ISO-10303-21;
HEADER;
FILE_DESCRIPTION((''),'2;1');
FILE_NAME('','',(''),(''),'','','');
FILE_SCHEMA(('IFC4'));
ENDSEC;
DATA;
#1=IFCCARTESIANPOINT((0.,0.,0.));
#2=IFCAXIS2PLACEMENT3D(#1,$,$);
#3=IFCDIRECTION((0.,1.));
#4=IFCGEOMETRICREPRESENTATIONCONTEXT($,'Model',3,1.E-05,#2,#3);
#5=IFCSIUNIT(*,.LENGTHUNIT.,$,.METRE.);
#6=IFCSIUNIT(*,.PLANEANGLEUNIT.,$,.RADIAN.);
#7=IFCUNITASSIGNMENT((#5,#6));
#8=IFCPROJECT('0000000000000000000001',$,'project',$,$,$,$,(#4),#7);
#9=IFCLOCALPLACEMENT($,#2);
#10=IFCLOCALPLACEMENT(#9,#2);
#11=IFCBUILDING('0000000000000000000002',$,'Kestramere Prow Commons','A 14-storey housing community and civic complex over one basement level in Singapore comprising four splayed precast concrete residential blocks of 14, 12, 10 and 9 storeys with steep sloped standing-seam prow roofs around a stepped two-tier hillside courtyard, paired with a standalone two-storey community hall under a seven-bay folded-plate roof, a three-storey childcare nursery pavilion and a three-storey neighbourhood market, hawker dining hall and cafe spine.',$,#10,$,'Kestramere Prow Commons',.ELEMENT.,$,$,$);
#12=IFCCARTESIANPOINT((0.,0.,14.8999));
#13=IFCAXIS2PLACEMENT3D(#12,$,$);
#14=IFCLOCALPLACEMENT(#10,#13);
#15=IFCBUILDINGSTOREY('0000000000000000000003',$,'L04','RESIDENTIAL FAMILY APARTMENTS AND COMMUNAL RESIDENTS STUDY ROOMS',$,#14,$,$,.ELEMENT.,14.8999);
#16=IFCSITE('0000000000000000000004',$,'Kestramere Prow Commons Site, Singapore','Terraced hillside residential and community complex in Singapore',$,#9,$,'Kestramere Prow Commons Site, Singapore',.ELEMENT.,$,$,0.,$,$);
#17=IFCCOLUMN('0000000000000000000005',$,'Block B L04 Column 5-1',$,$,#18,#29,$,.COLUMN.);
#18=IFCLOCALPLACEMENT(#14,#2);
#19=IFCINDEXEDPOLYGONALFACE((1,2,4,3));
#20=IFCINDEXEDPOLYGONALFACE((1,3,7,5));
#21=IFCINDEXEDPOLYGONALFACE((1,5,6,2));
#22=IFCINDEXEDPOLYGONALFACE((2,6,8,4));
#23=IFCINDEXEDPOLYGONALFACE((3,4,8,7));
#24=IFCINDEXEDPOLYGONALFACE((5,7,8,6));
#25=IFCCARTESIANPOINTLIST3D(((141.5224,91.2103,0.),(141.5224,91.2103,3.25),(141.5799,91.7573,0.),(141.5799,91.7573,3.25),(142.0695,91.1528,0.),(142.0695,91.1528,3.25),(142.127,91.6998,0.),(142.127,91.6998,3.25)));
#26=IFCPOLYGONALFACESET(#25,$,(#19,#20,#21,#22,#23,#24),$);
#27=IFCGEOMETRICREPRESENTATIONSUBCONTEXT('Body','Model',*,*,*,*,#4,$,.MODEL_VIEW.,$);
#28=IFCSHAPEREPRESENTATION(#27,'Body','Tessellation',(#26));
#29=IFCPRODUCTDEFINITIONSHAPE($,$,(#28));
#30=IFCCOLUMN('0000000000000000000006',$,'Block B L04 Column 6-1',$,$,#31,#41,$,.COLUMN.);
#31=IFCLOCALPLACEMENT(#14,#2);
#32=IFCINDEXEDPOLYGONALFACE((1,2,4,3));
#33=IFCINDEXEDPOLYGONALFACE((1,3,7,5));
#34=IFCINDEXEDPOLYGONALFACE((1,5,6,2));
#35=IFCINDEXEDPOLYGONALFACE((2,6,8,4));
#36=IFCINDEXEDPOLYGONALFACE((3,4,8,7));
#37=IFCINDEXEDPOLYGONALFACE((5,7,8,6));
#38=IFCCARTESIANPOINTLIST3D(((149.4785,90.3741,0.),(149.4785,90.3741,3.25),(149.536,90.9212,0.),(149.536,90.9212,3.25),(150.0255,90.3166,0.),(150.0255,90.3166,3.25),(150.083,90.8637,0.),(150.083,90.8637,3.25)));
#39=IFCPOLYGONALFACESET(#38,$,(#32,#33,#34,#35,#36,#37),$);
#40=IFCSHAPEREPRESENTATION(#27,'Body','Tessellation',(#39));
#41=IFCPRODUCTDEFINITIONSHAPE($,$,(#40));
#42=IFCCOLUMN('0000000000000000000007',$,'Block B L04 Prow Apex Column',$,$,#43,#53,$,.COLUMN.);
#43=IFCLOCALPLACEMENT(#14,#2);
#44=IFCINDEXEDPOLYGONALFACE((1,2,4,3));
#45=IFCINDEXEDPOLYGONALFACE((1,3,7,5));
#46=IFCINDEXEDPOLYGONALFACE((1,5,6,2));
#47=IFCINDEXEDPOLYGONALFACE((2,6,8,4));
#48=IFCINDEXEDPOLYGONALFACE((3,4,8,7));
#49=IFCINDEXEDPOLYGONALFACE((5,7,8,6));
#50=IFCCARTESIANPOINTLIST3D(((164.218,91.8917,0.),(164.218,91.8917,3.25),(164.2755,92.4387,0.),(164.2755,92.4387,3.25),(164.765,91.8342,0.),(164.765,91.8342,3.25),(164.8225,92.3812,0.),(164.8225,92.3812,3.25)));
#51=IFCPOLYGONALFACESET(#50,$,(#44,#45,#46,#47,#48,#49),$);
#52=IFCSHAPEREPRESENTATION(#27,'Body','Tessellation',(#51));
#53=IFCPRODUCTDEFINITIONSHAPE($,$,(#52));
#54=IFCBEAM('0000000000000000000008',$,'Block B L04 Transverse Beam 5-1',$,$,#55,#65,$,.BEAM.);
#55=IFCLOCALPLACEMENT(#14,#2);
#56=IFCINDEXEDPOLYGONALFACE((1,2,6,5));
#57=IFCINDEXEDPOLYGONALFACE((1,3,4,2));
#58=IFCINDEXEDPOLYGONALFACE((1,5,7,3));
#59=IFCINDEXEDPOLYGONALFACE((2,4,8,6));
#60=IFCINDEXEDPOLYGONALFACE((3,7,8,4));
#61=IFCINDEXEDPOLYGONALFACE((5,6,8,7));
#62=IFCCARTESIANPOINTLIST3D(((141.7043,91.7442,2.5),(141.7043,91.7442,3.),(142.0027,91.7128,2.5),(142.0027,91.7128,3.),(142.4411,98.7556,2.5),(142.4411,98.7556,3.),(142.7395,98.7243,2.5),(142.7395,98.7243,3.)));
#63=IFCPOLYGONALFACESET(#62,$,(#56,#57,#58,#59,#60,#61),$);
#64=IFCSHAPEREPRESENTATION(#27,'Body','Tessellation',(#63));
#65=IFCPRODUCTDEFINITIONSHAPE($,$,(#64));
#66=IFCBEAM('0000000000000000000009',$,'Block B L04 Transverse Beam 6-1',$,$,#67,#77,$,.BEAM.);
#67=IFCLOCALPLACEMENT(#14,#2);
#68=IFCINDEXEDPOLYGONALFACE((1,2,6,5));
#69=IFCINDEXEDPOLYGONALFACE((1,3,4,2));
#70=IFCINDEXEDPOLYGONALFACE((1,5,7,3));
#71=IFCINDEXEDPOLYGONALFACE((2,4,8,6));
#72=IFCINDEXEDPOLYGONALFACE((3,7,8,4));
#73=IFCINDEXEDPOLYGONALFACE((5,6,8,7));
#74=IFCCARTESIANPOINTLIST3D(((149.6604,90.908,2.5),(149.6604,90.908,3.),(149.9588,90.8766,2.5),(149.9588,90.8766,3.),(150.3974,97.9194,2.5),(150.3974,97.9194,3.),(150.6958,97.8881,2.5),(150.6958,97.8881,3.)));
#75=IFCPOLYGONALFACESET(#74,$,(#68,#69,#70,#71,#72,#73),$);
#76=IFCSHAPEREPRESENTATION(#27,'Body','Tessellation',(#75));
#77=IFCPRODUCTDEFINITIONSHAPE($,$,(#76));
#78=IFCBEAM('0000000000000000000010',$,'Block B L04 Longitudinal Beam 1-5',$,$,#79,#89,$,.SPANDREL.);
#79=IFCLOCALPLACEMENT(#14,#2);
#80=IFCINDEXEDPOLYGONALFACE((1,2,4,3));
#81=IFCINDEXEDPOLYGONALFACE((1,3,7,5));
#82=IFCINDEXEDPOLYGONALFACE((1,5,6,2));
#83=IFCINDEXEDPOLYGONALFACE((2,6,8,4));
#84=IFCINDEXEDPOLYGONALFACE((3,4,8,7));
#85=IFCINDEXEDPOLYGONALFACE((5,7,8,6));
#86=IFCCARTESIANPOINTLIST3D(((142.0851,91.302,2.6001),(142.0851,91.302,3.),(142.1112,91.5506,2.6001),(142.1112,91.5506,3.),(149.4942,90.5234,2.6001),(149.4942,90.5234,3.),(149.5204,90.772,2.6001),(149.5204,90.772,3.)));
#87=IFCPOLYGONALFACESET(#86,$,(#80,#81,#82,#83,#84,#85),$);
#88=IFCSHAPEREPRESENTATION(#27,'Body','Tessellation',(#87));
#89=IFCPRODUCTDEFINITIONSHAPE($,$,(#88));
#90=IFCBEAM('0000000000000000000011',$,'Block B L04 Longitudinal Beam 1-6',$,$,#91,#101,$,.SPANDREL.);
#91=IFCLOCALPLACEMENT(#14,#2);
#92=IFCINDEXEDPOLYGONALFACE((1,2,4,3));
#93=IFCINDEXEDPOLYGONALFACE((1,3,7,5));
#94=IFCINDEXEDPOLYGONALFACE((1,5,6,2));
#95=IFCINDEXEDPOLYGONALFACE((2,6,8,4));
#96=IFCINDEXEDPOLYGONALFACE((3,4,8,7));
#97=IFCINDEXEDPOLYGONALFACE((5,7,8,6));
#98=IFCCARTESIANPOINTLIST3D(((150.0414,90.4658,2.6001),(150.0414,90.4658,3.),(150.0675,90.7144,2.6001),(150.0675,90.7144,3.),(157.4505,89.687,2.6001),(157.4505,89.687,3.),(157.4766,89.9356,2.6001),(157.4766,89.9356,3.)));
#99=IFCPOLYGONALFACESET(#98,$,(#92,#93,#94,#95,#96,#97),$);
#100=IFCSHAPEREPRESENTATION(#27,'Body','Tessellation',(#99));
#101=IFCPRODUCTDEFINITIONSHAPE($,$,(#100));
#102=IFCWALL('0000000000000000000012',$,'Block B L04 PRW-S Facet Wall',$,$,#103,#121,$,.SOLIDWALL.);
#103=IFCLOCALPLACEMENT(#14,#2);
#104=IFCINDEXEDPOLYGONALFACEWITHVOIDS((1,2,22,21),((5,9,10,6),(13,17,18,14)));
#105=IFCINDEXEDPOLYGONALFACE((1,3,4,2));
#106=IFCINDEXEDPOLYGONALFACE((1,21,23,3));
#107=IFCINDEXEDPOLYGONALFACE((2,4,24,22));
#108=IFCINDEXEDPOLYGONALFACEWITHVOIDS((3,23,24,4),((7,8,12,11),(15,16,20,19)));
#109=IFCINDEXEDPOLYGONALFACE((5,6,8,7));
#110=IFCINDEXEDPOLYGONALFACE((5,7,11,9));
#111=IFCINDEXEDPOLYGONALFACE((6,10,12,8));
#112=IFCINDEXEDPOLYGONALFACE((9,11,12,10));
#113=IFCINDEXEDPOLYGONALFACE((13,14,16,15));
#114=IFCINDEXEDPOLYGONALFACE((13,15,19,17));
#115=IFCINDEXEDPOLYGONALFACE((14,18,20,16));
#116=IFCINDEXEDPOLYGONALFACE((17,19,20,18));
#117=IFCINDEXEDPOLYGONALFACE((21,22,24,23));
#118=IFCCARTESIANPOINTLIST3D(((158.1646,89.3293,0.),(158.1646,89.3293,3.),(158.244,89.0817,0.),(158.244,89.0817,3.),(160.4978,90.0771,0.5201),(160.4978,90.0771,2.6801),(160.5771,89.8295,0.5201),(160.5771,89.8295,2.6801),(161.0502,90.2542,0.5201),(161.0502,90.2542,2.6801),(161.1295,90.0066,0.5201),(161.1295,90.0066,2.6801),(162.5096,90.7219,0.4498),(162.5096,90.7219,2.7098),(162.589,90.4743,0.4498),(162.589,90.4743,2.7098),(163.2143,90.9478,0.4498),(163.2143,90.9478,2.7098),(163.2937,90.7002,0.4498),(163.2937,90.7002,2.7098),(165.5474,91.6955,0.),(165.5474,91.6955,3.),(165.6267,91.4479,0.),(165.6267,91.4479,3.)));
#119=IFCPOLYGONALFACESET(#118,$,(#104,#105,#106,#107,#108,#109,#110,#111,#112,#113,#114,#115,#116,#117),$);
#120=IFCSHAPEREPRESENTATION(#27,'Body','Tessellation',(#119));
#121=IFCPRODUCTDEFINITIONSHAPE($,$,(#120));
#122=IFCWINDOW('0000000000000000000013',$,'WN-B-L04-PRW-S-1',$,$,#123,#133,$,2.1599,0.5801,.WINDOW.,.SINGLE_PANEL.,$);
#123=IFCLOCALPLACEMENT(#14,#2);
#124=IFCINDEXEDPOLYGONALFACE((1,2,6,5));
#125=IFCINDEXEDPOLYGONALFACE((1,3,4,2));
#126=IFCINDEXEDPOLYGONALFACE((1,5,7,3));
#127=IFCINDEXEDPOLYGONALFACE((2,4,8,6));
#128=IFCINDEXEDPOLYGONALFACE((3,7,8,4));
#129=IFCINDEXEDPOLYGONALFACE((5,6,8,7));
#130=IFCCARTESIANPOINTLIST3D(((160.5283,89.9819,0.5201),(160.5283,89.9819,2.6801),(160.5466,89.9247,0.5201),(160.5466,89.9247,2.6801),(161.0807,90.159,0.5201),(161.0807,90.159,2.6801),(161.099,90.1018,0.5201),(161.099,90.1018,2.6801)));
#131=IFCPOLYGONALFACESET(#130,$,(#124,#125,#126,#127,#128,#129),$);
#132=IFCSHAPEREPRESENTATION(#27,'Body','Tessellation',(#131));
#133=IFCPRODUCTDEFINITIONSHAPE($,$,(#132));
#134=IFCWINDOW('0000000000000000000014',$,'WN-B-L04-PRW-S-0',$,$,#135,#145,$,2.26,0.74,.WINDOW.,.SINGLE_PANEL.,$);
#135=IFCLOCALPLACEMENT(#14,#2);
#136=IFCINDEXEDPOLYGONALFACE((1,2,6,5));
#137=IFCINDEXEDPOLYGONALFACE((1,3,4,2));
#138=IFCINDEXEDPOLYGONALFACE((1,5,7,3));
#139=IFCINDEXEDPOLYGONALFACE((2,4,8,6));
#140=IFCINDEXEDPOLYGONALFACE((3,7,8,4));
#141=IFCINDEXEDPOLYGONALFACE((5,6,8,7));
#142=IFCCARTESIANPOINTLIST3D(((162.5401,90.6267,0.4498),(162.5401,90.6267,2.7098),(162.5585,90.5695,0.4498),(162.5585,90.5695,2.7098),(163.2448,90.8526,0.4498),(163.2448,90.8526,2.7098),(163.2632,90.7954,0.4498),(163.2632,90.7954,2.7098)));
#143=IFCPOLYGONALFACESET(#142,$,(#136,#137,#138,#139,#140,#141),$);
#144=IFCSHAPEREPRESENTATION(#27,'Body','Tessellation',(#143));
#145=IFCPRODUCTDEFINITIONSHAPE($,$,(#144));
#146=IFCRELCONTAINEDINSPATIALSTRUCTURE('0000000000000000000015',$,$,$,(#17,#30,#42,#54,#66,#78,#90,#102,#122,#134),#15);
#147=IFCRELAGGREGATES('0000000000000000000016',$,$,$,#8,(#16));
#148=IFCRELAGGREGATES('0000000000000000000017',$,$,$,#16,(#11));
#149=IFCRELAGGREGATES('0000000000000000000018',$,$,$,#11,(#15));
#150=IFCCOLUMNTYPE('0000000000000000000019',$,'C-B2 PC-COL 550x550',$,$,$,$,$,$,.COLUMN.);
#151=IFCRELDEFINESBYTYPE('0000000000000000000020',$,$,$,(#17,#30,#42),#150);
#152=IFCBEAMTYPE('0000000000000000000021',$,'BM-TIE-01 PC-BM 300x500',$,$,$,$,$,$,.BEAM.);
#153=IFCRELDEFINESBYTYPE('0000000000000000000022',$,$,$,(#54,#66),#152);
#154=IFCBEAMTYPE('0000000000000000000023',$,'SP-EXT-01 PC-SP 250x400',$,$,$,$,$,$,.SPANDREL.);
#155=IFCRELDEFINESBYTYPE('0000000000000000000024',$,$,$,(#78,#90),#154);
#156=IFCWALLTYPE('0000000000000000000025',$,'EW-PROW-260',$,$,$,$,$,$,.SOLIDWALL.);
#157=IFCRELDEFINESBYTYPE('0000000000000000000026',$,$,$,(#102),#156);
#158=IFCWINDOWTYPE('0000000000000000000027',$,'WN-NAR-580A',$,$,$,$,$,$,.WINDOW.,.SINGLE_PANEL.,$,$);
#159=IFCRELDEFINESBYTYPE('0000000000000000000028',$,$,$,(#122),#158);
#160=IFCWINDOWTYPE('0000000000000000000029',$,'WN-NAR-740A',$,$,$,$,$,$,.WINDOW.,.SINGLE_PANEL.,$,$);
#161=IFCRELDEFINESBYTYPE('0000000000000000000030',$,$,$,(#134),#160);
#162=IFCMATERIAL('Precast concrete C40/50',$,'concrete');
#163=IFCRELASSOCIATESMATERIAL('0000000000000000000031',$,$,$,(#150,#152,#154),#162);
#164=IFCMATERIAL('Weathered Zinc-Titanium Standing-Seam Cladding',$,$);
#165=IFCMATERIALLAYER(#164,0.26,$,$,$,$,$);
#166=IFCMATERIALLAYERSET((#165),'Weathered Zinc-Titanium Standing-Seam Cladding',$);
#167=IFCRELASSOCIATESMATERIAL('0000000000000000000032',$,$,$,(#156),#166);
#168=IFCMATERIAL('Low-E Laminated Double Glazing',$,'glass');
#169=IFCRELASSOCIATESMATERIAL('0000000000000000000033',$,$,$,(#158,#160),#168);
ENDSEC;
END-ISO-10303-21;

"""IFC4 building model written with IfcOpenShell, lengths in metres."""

from ifc_helpers import new_model, si_unit, direction, frame, frame_2d, origin, origin_2d, place, context, subcontext, project, spatial, rectangle, extrude, material, layer, layer_set, material_profile, profile_set, type_object, element, fill, save


model = new_model("IFC4")

# Units and contexts
model_context = context("Model", 3, precision=1e-05, world=origin(), true_north=direction((0.0, 1.0)))
body_context = subcontext(model_context, "Body", "Model", "MODEL_VIEW")
ifc_project = project(units=[si_unit("LENGTHUNIT", "METRE"), si_unit("PLANEANGLEUNIT", "RADIAN")], contexts=[model_context])

# Site, building, storey
site_placement = place(None, origin())
site = spatial("IfcSite", under=ifc_project, at=site_placement, Name="Kestramere Prow Commons Site, Singapore", Description="Terraced hillside residential and community complex in Singapore", LongName="Kestramere Prow Commons Site, Singapore", CompositionType="ELEMENT", RefElevation=0.0)
building_placement = place(site_placement, origin())
building = spatial("IfcBuilding", under=site, at=building_placement, Name="Kestramere Prow Commons", Description="A 14-storey housing community and civic complex over one basement level in Singapore comprising four splayed precast concrete residential blocks of 14, 12, 10 and 9 storeys with steep sloped standing-seam prow roofs around a stepped two-tier hillside courtyard, paired with a standalone two-storey community hall under a seven-bay folded-plate roof, a three-storey childcare nursery pavilion and a three-storey neighbourhood market, hawker dining hall and cafe spine.", LongName="Kestramere Prow Commons", CompositionType="ELEMENT")
storey_placement = place(building_placement, frame((0.0, 0.0, 14.8999)))
storey = spatial("IfcBuildingStorey", under=building, at=storey_placement, Name="L04", Description="RESIDENTIAL FAMILY APARTMENTS AND COMMUNAL RESIDENTS STUDY ROOMS", CompositionType="ELEMENT", Elevation=14.8999)

# Columns
ifc_material_1 = material(Name="Precast concrete C40/50", Category="concrete")
ifc_material_profile_1 = material_profile(ifc_material_1, rectangle(XDim=0.55, YDim=0.55, at=origin_2d()), Name="PC-COL 550x550")
ifc_profile_set_1 = profile_set([ifc_material_profile_1], Name="Precast concrete C40/50")
column_type = type_object("IfcColumnType", Name="C-B2 PC-COL 550x550", PredefinedType="COLUMN", material=ifc_profile_set_1)
for number, where, z_axis, x_axis, name in (
    (1, (141.8247, 91.4551, 0.0), (0.0, 0.0, 1.0), (0.994522, -0.104528, 0.0), "Block B L04 Column 5-1"),
    (2, (149.7808, 90.6189, 0.0), (0.0, 0.0, 1.0), (0.994522, -0.104528, 0.0), "Block B L04 Column 6-1"),
    (3, (164.5203, 92.1365, 0.0), (0.0, 0.0, 1.0), (0.994522, -0.104528, 0.0), "Block B L04 Prow Apex Column"),
):
    element("IfcColumn", number, at=place(storey_placement, frame(where, z_axis=z_axis, x_axis=x_axis)), inside=storey, type_object=column_type, Name=name, PredefinedType="COLUMN", context=body_context, shape_type="SweptSolid", body=[
        extrude(rectangle(XDim=0.55, YDim=0.55, at=origin_2d()), origin(), (0.0, 0.0, 1.0), 3.25),
    ])

# Beams
ifc_material_profile_2 = material_profile(ifc_material_1, rectangle(XDim=0.3, YDim=0.5, at=origin_2d()), Name="PC-BM 300x500")
ifc_profile_set_2 = profile_set([ifc_material_profile_2], Name="Precast concrete C40/50")
beam_type_1 = type_object("IfcBeamType", Name="BM-TIE-01 PC-BM 300x500", PredefinedType="BEAM", material=ifc_profile_set_2)
for number, where, z_axis, x_axis, name in (
    (4, (141.8535, 91.7285, 2.75), (0.104512, 0.994524, 0.0), (-0.994524, 0.104512, 0.0), "Block B L04 Transverse Beam 5-1"),
    (5, (149.8096, 90.8923, 2.75), (0.104546, 0.99452, 0.0), (-0.99452, 0.104546, 0.0), "Block B L04 Transverse Beam 6-1"),
):
    element("IfcBeam", number, at=place(storey_placement, frame(where, z_axis=z_axis, x_axis=x_axis)), inside=storey, type_object=beam_type_1, Name=name, PredefinedType="BEAM", context=body_context, shape_type="SweptSolid", body=[
        extrude(rectangle(XDim=0.3, YDim=0.5, at=origin_2d()), origin(), (0.0, 0.0, 1.0), 7.05),
    ])
ifc_material_profile_3 = material_profile(ifc_material_1, rectangle(XDim=0.25, YDim=0.3999, at=origin_2d()), Name="PC-SP 250x400")
ifc_profile_set_3 = profile_set([ifc_material_profile_3], Name="Precast concrete C40/50")
beam_type_2 = type_object("IfcBeamType", Name="SP-EXT-01 PC-SP 250x400", PredefinedType="SPANDREL", material=ifc_profile_set_3)
for number, where, z_axis, x_axis, name in (
    (6, (142.0981, 91.4263, 2.8), (0.994524, -0.104506, 0.0), (0.104506, 0.994524, 0.0), "Block B L04 Longitudinal Beam 1-5"),
    (7, (150.0544, 90.5901, 2.8), (0.994521, -0.104538, 0.0), (0.104538, 0.994521, 0.0), "Block B L04 Longitudinal Beam 1-6"),
):
    element("IfcBeam", number, at=place(storey_placement, frame(where, z_axis=z_axis, x_axis=x_axis)), inside=storey, type_object=beam_type_2, Name=name, PredefinedType="SPANDREL", context=body_context, shape_type="SweptSolid", body=[
        extrude(rectangle(XDim=0.25, YDim=0.3999, at=origin_2d()), origin(), (0.0, 0.0, 1.0), 7.45),
    ])

# Wall, openings, windows
ifc_material_2 = material(Name="Weathered Zinc-Titanium Standing-Seam Cladding")
ifc_layer_1 = layer(ifc_material_2, 0.26)
ifc_layer_set_1 = layer_set([ifc_layer_1], Name="Weathered Zinc-Titanium Standing-Seam Cladding")
wall_type_1 = type_object("IfcWallType", Name="EW-PROW-260", PredefinedType="SOLIDWALL", material=ifc_layer_set_1)
wall_1_placement = place(storey_placement, frame((165.5872, 91.5718, 0.0), z_axis=(0.0, 0.0, 1.0), x_axis=(-0.952285, -0.30521, 0.0)))
wall_1 = element("IfcWall", 8, at=wall_1_placement, inside=storey, type_object=wall_type_1, Name="Block B L04 PRW-S Facet Wall", PredefinedType="SOLIDWALL", context=body_context, shape_type="SweptSolid", body=[
    extrude(rectangle(XDim=7.7527, YDim=0.26, at=frame_2d((3.8765, 0.0))), origin(), (0.0, 0.0, 1.0), 3.0),
])
opening_1_placement = place(wall_1_placement, frame((2.45, 0.0, 0.45)))
opening_1 = element("IfcOpeningElement", 9, at=opening_1_placement, cuts=wall_1, PredefinedType="OPENING", context=body_context, shape_type="SweptSolid", body=[
    extrude(rectangle(XDim=0.74, YDim=2.26, at=frame_2d((0.3701, 1.1299))), frame((0.0, 0.145, 0.0), z_axis=(0.0, -1.0, 0.0), x_axis=(1.0, 0.0, 0.0)), (0.0, 0.0, 1.0), 0.29),
])
opening_2_placement = place(wall_1_placement, frame((4.7227, 0.0, 0.52)))
opening_2 = element("IfcOpeningElement", 10, at=opening_2_placement, cuts=wall_1, PredefinedType="OPENING", context=body_context, shape_type="SweptSolid", body=[
    extrude(rectangle(XDim=0.5801, YDim=2.1599, at=frame_2d((0.29, 1.0801))), frame((0.0, 0.145, 0.0), z_axis=(0.0, -1.0, 0.0), x_axis=(1.0, 0.0, 0.0)), (0.0, 0.0, 1.0), 0.29),
])
ifc_material_3 = material(Name="Low-E Laminated Double Glazing", Category="glass")
window_type_1 = type_object("IfcWindowType", Name="WN-NAR-580A", PartitioningType="SINGLE_PANEL", PredefinedType="WINDOW", material=ifc_material_3)
window_1_placement = place(opening_2_placement, origin())
window_1 = element("IfcWindow", 11, at=window_1_placement, inside=storey, type_object=window_type_1, Name="WN-B-L04-PRW-S-1", OverallHeight=2.1599, OverallWidth=0.5801, PartitioningType="SINGLE_PANEL", PredefinedType="WINDOW", context=body_context, shape_type="SweptSolid", body=[
    extrude(rectangle(XDim=0.5801, YDim=2.1599, at=frame_2d((0.29, 1.0801))), frame((0.0, 0.03, 0.0), z_axis=(0.0, -1.0, 0.0), x_axis=(1.0, 0.0, 0.0)), (0.0, 0.0, 1.0), 0.0601),
])
fill(opening_2, window_1)
window_type_2 = type_object("IfcWindowType", Name="WN-NAR-740A", PartitioningType="SINGLE_PANEL", PredefinedType="WINDOW", material=ifc_material_3)
window_2_placement = place(opening_1_placement, origin())
window_2 = element("IfcWindow", 12, at=window_2_placement, inside=storey, type_object=window_type_2, Name="WN-B-L04-PRW-S-0", OverallHeight=2.26, OverallWidth=0.74, PartitioningType="SINGLE_PANEL", PredefinedType="WINDOW", context=body_context, shape_type="SweptSolid", body=[
    extrude(rectangle(XDim=0.74, YDim=2.26, at=frame_2d((0.3701, 1.1299))), frame((0.0, 0.03, 0.0), z_axis=(0.0, -1.0, 0.0), x_axis=(1.0, 0.0, 0.0)), (0.0, 0.0, 1.0), 0.0601),
])
fill(opening_1, window_2)

save(model, "model.ifc")
